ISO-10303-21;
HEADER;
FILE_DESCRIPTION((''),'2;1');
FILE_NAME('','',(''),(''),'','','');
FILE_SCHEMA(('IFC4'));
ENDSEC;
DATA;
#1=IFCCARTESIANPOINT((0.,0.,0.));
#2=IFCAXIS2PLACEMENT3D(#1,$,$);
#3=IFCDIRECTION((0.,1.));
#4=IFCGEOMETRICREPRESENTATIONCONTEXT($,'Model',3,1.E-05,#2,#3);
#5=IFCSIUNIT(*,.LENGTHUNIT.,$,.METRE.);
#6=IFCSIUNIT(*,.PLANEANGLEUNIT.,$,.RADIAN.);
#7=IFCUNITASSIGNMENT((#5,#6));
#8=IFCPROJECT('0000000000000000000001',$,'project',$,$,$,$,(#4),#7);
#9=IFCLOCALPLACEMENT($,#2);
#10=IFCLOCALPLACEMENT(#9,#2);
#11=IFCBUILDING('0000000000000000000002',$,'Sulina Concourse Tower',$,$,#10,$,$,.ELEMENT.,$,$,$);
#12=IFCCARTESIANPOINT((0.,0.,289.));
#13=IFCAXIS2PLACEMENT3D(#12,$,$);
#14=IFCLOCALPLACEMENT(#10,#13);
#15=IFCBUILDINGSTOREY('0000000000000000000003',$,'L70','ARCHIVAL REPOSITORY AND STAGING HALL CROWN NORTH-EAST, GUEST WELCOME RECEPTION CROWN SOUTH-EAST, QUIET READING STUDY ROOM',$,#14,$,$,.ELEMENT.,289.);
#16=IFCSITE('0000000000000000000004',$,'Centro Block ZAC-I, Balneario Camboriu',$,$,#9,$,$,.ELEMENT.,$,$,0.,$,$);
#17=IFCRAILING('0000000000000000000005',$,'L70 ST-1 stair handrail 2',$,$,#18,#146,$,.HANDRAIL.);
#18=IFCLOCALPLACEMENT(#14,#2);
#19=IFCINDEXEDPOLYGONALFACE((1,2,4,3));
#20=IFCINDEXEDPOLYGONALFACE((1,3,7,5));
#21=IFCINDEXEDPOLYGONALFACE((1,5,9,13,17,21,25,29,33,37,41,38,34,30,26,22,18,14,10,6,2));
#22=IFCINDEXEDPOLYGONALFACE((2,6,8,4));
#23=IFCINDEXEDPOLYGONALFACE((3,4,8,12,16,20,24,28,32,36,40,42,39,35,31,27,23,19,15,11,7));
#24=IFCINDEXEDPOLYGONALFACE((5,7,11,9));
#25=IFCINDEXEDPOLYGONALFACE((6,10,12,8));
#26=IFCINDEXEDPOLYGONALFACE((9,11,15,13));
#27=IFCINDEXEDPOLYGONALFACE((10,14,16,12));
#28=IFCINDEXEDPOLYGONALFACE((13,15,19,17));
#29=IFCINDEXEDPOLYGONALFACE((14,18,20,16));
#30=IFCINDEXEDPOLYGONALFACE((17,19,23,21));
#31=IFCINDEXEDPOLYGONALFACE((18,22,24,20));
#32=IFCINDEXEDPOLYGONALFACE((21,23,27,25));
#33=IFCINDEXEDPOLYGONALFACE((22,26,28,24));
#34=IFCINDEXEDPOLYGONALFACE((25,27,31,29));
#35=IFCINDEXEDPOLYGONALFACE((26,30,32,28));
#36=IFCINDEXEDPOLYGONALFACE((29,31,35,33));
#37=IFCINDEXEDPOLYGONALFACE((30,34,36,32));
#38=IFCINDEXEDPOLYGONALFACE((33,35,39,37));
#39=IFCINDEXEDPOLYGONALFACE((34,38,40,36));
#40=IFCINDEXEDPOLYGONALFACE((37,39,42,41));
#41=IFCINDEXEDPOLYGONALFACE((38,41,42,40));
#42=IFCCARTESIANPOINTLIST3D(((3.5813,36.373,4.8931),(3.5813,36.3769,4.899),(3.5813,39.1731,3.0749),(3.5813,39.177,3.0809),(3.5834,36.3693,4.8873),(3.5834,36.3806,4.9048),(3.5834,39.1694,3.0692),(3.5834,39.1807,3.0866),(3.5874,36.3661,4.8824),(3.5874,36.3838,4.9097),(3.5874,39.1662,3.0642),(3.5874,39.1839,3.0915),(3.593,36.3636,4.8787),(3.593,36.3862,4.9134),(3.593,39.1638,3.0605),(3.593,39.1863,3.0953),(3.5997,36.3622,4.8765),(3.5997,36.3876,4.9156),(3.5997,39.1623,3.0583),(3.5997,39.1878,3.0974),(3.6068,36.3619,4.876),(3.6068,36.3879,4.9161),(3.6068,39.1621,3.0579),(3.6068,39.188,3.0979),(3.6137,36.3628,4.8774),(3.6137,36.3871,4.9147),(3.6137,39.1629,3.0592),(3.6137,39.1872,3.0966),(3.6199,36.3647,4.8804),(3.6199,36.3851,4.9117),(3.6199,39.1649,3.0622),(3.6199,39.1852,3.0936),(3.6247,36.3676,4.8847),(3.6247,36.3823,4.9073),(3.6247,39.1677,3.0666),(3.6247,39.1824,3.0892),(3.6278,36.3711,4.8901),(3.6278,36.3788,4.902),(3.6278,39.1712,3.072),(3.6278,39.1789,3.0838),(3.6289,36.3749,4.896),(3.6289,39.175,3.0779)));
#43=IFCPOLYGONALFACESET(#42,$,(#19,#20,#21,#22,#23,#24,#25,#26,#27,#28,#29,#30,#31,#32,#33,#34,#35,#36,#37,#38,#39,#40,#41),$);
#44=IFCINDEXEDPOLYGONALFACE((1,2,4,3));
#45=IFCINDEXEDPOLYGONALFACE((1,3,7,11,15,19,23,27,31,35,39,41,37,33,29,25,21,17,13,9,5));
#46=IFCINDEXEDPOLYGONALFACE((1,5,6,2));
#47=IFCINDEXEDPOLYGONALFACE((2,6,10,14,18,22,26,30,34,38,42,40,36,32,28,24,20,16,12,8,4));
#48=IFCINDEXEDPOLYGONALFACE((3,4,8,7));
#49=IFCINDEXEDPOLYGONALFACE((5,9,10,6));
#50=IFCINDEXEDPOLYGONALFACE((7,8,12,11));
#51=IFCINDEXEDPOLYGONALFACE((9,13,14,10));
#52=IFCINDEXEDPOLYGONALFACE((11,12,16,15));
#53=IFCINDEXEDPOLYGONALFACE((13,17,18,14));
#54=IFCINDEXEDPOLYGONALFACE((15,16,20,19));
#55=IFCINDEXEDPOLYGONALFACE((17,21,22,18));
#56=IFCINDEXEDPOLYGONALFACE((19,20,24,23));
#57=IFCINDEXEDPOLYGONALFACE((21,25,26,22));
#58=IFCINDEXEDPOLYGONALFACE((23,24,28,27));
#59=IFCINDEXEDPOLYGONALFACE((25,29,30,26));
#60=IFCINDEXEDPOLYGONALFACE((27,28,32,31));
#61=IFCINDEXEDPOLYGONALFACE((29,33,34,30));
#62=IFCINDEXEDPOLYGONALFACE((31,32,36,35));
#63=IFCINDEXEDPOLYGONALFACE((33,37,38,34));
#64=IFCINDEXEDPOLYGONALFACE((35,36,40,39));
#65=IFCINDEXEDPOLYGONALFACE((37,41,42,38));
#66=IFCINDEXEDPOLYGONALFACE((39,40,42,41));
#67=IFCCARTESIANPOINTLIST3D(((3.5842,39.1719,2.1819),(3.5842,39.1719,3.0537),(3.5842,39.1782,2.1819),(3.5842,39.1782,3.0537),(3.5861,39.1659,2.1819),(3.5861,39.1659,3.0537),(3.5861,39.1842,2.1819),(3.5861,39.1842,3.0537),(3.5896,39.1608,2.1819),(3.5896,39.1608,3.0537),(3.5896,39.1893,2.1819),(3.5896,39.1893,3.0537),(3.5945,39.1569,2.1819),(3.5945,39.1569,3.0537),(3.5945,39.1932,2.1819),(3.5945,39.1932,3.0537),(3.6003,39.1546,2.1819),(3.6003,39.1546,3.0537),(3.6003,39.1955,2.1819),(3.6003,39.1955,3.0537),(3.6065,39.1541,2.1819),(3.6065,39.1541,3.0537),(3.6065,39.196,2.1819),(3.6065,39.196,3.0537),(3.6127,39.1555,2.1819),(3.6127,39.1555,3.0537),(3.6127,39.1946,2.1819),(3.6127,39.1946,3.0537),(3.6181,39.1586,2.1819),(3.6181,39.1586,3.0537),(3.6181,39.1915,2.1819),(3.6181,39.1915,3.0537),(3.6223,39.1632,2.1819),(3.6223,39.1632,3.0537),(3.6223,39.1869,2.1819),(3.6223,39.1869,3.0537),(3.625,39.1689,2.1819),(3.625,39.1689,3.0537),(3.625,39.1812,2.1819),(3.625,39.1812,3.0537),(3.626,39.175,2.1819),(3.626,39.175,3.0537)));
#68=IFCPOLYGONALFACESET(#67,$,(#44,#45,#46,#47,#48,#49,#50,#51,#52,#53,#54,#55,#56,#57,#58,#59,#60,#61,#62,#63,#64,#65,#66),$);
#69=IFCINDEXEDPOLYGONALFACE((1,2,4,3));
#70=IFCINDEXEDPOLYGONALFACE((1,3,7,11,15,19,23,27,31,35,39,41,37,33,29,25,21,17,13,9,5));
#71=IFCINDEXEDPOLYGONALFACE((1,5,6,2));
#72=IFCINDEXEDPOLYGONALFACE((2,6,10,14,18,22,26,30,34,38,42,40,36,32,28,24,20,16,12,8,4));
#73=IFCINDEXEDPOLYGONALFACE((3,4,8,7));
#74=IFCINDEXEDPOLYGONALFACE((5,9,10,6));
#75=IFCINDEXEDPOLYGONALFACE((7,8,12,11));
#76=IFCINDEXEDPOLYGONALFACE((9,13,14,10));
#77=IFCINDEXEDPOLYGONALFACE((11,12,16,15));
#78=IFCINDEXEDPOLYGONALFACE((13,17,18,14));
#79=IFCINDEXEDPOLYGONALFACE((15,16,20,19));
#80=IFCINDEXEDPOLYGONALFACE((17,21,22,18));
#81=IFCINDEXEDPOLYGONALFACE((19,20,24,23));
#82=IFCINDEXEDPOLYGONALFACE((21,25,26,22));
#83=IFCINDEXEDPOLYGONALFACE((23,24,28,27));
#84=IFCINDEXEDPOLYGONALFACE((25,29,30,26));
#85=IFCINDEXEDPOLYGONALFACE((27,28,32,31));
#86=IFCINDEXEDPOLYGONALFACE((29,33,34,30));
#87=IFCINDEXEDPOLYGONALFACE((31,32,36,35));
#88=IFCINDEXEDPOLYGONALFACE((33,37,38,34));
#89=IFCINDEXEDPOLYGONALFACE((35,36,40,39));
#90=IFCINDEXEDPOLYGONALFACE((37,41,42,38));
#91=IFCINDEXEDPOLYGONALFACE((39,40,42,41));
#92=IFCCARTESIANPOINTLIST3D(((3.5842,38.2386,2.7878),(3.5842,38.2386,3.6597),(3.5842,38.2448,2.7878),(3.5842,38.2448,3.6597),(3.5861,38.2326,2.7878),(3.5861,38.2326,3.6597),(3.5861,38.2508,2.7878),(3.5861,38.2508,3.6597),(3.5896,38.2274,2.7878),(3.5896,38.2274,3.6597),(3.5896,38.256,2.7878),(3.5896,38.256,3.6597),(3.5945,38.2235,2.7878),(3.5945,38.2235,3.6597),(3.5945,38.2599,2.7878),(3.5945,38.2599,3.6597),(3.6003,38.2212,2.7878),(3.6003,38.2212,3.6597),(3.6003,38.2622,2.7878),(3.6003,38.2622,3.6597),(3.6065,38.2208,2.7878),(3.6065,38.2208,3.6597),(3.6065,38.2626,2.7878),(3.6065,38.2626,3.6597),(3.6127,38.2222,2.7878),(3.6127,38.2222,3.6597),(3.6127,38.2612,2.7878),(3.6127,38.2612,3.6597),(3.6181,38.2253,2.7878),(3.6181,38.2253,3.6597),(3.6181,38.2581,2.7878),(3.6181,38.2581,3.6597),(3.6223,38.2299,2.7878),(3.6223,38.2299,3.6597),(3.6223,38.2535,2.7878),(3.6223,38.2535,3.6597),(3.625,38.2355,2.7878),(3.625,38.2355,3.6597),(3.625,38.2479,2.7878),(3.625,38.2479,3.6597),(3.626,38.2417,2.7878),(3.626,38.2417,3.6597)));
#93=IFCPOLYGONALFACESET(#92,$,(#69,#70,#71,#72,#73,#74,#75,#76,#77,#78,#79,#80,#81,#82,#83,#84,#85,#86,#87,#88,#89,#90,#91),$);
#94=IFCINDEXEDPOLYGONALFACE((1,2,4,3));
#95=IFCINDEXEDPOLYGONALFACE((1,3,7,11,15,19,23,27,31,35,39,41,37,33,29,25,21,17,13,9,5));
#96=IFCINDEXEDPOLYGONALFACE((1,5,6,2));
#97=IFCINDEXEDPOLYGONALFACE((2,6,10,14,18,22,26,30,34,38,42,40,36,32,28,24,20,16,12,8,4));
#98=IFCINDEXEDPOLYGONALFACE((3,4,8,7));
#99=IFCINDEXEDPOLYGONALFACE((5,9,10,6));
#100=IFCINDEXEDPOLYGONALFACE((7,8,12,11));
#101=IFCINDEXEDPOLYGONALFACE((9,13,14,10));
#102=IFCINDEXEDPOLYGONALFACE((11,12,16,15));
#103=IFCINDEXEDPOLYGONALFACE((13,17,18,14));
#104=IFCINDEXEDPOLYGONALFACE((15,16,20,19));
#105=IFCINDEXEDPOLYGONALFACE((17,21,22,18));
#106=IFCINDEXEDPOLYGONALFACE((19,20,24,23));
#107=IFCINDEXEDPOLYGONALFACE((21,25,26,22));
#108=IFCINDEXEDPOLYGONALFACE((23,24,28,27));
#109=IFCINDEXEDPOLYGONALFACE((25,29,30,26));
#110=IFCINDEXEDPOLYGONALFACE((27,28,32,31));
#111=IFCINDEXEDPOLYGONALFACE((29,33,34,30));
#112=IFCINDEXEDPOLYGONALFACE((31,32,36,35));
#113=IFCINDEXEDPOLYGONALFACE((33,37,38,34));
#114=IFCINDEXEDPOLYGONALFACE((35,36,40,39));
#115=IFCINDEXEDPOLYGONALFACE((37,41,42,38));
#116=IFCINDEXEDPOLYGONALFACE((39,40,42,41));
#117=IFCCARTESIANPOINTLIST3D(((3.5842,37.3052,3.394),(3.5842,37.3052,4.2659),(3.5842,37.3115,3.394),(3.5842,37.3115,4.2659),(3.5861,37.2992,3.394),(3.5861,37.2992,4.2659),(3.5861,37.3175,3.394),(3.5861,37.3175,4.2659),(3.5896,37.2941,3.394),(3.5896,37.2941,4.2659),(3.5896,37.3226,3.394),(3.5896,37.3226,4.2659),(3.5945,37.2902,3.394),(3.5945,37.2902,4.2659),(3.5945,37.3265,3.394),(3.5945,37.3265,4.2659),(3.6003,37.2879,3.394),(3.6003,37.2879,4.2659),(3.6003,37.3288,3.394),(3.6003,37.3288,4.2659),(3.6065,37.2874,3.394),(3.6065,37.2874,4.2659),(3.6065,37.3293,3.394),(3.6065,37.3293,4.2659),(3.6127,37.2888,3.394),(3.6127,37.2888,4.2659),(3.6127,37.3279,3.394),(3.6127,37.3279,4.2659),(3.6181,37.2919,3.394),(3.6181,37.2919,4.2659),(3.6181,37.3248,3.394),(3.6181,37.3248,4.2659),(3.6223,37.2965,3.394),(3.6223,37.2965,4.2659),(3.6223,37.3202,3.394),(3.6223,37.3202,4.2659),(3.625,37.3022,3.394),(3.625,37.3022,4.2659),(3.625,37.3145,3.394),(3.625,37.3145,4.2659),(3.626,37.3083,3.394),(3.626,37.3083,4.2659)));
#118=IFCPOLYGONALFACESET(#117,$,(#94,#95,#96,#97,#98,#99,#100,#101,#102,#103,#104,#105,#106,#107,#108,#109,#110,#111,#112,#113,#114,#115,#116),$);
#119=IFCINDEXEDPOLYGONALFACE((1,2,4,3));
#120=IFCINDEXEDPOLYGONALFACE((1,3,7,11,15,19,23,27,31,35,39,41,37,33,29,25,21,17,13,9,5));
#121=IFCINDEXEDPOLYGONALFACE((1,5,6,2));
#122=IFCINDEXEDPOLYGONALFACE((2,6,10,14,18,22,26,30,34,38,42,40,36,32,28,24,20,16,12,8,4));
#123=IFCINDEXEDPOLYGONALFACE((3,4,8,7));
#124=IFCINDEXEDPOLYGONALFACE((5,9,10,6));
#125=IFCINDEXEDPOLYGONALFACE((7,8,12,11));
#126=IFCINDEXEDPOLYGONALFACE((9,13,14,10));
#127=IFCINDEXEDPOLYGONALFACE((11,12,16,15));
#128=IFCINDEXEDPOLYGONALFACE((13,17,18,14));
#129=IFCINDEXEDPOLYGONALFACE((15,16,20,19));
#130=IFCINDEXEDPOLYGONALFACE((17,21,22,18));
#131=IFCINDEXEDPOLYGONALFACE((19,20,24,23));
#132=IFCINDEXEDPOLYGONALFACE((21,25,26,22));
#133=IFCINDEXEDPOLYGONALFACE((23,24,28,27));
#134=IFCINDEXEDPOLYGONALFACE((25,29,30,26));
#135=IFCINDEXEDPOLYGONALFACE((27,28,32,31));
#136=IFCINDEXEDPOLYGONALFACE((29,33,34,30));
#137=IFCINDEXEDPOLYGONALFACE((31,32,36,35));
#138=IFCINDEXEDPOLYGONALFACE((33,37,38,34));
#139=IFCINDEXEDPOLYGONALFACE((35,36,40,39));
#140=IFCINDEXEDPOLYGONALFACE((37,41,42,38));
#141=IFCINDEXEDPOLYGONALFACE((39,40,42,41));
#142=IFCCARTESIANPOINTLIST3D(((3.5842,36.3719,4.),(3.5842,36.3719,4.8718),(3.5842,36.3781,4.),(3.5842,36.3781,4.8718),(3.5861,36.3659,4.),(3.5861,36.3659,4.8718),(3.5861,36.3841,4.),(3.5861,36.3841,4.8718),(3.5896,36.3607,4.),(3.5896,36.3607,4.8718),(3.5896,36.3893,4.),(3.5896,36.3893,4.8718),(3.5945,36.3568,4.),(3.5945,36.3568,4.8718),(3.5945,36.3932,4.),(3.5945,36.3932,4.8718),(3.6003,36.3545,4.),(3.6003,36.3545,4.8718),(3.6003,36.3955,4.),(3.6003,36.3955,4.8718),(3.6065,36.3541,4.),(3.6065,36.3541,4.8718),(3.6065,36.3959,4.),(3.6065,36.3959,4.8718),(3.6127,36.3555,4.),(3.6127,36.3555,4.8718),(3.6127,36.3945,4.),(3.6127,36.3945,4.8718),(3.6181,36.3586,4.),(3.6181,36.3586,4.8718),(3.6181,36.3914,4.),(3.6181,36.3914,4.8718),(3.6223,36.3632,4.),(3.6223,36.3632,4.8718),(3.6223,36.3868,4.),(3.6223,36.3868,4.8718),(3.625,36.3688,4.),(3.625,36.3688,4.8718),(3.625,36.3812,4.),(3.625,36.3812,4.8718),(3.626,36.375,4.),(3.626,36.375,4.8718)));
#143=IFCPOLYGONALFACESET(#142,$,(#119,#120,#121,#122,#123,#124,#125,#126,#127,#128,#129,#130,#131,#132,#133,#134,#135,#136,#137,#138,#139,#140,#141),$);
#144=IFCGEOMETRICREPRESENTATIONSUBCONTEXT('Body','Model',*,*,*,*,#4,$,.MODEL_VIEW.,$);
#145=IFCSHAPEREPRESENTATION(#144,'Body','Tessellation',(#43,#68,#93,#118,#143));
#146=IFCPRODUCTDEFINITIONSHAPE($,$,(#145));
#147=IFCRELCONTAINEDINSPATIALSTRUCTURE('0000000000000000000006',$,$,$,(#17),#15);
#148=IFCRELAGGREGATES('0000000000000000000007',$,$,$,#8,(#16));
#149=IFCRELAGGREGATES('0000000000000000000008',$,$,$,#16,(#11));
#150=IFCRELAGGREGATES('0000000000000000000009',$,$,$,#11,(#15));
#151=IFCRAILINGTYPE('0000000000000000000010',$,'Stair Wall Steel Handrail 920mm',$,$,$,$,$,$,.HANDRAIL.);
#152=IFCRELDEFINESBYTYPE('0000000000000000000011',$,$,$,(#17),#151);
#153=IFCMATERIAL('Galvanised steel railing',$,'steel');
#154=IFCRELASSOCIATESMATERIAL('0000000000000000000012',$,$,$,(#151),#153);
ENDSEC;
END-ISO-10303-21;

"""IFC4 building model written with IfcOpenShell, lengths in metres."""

from ifc_helpers import new_model, si_unit, direction, frame, origin, origin_2d, place, context, subcontext, project, spatial, circle, extrude, material, type_object, element, save


model = new_model("IFC4")

# Units and contexts
model_context = context("Model", 3, precision=1e-05, world=origin(), true_north=direction((0.0, 1.0)))
body_context = subcontext(model_context, "Body", "Model", "MODEL_VIEW")
ifc_project = project(units=[si_unit("LENGTHUNIT", "METRE"), si_unit("PLANEANGLEUNIT", "RADIAN")], contexts=[model_context])

# Site, building, storey
site_placement = place(None, origin())
site = spatial("IfcSite", under=ifc_project, at=site_placement, Name="Centro Block ZAC-I, Balneario Camboriu", CompositionType="ELEMENT", RefElevation=0.0)
building_placement = place(site_placement, origin())
building = spatial("IfcBuilding", under=site, at=building_placement, Name="Sulina Concourse Tower", CompositionType="ELEMENT")
storey_placement = place(building_placement, frame((0.0, 0.0, 289.0)))
storey = spatial("IfcBuildingStorey", under=building, at=storey_placement, Name="L70", Description="ARCHIVAL REPOSITORY AND STAGING HALL CROWN NORTH-EAST, GUEST WELCOME RECEPTION CROWN SOUTH-EAST, QUIET READING STUDY ROOM", CompositionType="ELEMENT", Elevation=289.0)

# Railing
ifc_material_1 = material(Name="Galvanised steel railing", Category="steel")
railing_type_1 = type_object("IfcRailingType", Name="Stair Wall Steel Handrail 920mm", PredefinedType="HANDRAIL", material=ifc_material_1)
railing_1_placement = place(storey_placement, frame((3.605, 39.175, 2.1819)))
element("IfcRailing", 1, at=railing_1_placement, inside=storey, type_object=railing_type_1, Name="L70 ST-1 stair handrail 2", PredefinedType="HANDRAIL", context=body_context, shape_type="SweptSolid", body=[
    extrude(circle(Radius=0.0239, at=origin_2d()), frame((0.0, 0.0, 0.896), z_axis=(0.0, -0.838706, 0.544585), x_axis=(1.0, 0.0, 0.0)), (0.0, 0.0, 1.0), 3.3386),
    extrude(circle(Radius=0.021, at=origin_2d()), origin(), (0.0, 0.0, 1.0), 0.8718),
    extrude(circle(Radius=0.021, at=origin_2d()), frame((0.0, -0.9333, 0.606)), (0.0, 0.0, 1.0), 0.8718),
    extrude(circle(Radius=0.021, at=origin_2d()), frame((0.0, -1.8667, 1.2122)), (0.0, 0.0, 1.0), 0.8718),
    extrude(circle(Radius=0.021, at=origin_2d()), frame((0.0, -2.8, 1.8181)), (0.0, 0.0, 1.0), 0.8718),
])

save(model, "model.ifc")
